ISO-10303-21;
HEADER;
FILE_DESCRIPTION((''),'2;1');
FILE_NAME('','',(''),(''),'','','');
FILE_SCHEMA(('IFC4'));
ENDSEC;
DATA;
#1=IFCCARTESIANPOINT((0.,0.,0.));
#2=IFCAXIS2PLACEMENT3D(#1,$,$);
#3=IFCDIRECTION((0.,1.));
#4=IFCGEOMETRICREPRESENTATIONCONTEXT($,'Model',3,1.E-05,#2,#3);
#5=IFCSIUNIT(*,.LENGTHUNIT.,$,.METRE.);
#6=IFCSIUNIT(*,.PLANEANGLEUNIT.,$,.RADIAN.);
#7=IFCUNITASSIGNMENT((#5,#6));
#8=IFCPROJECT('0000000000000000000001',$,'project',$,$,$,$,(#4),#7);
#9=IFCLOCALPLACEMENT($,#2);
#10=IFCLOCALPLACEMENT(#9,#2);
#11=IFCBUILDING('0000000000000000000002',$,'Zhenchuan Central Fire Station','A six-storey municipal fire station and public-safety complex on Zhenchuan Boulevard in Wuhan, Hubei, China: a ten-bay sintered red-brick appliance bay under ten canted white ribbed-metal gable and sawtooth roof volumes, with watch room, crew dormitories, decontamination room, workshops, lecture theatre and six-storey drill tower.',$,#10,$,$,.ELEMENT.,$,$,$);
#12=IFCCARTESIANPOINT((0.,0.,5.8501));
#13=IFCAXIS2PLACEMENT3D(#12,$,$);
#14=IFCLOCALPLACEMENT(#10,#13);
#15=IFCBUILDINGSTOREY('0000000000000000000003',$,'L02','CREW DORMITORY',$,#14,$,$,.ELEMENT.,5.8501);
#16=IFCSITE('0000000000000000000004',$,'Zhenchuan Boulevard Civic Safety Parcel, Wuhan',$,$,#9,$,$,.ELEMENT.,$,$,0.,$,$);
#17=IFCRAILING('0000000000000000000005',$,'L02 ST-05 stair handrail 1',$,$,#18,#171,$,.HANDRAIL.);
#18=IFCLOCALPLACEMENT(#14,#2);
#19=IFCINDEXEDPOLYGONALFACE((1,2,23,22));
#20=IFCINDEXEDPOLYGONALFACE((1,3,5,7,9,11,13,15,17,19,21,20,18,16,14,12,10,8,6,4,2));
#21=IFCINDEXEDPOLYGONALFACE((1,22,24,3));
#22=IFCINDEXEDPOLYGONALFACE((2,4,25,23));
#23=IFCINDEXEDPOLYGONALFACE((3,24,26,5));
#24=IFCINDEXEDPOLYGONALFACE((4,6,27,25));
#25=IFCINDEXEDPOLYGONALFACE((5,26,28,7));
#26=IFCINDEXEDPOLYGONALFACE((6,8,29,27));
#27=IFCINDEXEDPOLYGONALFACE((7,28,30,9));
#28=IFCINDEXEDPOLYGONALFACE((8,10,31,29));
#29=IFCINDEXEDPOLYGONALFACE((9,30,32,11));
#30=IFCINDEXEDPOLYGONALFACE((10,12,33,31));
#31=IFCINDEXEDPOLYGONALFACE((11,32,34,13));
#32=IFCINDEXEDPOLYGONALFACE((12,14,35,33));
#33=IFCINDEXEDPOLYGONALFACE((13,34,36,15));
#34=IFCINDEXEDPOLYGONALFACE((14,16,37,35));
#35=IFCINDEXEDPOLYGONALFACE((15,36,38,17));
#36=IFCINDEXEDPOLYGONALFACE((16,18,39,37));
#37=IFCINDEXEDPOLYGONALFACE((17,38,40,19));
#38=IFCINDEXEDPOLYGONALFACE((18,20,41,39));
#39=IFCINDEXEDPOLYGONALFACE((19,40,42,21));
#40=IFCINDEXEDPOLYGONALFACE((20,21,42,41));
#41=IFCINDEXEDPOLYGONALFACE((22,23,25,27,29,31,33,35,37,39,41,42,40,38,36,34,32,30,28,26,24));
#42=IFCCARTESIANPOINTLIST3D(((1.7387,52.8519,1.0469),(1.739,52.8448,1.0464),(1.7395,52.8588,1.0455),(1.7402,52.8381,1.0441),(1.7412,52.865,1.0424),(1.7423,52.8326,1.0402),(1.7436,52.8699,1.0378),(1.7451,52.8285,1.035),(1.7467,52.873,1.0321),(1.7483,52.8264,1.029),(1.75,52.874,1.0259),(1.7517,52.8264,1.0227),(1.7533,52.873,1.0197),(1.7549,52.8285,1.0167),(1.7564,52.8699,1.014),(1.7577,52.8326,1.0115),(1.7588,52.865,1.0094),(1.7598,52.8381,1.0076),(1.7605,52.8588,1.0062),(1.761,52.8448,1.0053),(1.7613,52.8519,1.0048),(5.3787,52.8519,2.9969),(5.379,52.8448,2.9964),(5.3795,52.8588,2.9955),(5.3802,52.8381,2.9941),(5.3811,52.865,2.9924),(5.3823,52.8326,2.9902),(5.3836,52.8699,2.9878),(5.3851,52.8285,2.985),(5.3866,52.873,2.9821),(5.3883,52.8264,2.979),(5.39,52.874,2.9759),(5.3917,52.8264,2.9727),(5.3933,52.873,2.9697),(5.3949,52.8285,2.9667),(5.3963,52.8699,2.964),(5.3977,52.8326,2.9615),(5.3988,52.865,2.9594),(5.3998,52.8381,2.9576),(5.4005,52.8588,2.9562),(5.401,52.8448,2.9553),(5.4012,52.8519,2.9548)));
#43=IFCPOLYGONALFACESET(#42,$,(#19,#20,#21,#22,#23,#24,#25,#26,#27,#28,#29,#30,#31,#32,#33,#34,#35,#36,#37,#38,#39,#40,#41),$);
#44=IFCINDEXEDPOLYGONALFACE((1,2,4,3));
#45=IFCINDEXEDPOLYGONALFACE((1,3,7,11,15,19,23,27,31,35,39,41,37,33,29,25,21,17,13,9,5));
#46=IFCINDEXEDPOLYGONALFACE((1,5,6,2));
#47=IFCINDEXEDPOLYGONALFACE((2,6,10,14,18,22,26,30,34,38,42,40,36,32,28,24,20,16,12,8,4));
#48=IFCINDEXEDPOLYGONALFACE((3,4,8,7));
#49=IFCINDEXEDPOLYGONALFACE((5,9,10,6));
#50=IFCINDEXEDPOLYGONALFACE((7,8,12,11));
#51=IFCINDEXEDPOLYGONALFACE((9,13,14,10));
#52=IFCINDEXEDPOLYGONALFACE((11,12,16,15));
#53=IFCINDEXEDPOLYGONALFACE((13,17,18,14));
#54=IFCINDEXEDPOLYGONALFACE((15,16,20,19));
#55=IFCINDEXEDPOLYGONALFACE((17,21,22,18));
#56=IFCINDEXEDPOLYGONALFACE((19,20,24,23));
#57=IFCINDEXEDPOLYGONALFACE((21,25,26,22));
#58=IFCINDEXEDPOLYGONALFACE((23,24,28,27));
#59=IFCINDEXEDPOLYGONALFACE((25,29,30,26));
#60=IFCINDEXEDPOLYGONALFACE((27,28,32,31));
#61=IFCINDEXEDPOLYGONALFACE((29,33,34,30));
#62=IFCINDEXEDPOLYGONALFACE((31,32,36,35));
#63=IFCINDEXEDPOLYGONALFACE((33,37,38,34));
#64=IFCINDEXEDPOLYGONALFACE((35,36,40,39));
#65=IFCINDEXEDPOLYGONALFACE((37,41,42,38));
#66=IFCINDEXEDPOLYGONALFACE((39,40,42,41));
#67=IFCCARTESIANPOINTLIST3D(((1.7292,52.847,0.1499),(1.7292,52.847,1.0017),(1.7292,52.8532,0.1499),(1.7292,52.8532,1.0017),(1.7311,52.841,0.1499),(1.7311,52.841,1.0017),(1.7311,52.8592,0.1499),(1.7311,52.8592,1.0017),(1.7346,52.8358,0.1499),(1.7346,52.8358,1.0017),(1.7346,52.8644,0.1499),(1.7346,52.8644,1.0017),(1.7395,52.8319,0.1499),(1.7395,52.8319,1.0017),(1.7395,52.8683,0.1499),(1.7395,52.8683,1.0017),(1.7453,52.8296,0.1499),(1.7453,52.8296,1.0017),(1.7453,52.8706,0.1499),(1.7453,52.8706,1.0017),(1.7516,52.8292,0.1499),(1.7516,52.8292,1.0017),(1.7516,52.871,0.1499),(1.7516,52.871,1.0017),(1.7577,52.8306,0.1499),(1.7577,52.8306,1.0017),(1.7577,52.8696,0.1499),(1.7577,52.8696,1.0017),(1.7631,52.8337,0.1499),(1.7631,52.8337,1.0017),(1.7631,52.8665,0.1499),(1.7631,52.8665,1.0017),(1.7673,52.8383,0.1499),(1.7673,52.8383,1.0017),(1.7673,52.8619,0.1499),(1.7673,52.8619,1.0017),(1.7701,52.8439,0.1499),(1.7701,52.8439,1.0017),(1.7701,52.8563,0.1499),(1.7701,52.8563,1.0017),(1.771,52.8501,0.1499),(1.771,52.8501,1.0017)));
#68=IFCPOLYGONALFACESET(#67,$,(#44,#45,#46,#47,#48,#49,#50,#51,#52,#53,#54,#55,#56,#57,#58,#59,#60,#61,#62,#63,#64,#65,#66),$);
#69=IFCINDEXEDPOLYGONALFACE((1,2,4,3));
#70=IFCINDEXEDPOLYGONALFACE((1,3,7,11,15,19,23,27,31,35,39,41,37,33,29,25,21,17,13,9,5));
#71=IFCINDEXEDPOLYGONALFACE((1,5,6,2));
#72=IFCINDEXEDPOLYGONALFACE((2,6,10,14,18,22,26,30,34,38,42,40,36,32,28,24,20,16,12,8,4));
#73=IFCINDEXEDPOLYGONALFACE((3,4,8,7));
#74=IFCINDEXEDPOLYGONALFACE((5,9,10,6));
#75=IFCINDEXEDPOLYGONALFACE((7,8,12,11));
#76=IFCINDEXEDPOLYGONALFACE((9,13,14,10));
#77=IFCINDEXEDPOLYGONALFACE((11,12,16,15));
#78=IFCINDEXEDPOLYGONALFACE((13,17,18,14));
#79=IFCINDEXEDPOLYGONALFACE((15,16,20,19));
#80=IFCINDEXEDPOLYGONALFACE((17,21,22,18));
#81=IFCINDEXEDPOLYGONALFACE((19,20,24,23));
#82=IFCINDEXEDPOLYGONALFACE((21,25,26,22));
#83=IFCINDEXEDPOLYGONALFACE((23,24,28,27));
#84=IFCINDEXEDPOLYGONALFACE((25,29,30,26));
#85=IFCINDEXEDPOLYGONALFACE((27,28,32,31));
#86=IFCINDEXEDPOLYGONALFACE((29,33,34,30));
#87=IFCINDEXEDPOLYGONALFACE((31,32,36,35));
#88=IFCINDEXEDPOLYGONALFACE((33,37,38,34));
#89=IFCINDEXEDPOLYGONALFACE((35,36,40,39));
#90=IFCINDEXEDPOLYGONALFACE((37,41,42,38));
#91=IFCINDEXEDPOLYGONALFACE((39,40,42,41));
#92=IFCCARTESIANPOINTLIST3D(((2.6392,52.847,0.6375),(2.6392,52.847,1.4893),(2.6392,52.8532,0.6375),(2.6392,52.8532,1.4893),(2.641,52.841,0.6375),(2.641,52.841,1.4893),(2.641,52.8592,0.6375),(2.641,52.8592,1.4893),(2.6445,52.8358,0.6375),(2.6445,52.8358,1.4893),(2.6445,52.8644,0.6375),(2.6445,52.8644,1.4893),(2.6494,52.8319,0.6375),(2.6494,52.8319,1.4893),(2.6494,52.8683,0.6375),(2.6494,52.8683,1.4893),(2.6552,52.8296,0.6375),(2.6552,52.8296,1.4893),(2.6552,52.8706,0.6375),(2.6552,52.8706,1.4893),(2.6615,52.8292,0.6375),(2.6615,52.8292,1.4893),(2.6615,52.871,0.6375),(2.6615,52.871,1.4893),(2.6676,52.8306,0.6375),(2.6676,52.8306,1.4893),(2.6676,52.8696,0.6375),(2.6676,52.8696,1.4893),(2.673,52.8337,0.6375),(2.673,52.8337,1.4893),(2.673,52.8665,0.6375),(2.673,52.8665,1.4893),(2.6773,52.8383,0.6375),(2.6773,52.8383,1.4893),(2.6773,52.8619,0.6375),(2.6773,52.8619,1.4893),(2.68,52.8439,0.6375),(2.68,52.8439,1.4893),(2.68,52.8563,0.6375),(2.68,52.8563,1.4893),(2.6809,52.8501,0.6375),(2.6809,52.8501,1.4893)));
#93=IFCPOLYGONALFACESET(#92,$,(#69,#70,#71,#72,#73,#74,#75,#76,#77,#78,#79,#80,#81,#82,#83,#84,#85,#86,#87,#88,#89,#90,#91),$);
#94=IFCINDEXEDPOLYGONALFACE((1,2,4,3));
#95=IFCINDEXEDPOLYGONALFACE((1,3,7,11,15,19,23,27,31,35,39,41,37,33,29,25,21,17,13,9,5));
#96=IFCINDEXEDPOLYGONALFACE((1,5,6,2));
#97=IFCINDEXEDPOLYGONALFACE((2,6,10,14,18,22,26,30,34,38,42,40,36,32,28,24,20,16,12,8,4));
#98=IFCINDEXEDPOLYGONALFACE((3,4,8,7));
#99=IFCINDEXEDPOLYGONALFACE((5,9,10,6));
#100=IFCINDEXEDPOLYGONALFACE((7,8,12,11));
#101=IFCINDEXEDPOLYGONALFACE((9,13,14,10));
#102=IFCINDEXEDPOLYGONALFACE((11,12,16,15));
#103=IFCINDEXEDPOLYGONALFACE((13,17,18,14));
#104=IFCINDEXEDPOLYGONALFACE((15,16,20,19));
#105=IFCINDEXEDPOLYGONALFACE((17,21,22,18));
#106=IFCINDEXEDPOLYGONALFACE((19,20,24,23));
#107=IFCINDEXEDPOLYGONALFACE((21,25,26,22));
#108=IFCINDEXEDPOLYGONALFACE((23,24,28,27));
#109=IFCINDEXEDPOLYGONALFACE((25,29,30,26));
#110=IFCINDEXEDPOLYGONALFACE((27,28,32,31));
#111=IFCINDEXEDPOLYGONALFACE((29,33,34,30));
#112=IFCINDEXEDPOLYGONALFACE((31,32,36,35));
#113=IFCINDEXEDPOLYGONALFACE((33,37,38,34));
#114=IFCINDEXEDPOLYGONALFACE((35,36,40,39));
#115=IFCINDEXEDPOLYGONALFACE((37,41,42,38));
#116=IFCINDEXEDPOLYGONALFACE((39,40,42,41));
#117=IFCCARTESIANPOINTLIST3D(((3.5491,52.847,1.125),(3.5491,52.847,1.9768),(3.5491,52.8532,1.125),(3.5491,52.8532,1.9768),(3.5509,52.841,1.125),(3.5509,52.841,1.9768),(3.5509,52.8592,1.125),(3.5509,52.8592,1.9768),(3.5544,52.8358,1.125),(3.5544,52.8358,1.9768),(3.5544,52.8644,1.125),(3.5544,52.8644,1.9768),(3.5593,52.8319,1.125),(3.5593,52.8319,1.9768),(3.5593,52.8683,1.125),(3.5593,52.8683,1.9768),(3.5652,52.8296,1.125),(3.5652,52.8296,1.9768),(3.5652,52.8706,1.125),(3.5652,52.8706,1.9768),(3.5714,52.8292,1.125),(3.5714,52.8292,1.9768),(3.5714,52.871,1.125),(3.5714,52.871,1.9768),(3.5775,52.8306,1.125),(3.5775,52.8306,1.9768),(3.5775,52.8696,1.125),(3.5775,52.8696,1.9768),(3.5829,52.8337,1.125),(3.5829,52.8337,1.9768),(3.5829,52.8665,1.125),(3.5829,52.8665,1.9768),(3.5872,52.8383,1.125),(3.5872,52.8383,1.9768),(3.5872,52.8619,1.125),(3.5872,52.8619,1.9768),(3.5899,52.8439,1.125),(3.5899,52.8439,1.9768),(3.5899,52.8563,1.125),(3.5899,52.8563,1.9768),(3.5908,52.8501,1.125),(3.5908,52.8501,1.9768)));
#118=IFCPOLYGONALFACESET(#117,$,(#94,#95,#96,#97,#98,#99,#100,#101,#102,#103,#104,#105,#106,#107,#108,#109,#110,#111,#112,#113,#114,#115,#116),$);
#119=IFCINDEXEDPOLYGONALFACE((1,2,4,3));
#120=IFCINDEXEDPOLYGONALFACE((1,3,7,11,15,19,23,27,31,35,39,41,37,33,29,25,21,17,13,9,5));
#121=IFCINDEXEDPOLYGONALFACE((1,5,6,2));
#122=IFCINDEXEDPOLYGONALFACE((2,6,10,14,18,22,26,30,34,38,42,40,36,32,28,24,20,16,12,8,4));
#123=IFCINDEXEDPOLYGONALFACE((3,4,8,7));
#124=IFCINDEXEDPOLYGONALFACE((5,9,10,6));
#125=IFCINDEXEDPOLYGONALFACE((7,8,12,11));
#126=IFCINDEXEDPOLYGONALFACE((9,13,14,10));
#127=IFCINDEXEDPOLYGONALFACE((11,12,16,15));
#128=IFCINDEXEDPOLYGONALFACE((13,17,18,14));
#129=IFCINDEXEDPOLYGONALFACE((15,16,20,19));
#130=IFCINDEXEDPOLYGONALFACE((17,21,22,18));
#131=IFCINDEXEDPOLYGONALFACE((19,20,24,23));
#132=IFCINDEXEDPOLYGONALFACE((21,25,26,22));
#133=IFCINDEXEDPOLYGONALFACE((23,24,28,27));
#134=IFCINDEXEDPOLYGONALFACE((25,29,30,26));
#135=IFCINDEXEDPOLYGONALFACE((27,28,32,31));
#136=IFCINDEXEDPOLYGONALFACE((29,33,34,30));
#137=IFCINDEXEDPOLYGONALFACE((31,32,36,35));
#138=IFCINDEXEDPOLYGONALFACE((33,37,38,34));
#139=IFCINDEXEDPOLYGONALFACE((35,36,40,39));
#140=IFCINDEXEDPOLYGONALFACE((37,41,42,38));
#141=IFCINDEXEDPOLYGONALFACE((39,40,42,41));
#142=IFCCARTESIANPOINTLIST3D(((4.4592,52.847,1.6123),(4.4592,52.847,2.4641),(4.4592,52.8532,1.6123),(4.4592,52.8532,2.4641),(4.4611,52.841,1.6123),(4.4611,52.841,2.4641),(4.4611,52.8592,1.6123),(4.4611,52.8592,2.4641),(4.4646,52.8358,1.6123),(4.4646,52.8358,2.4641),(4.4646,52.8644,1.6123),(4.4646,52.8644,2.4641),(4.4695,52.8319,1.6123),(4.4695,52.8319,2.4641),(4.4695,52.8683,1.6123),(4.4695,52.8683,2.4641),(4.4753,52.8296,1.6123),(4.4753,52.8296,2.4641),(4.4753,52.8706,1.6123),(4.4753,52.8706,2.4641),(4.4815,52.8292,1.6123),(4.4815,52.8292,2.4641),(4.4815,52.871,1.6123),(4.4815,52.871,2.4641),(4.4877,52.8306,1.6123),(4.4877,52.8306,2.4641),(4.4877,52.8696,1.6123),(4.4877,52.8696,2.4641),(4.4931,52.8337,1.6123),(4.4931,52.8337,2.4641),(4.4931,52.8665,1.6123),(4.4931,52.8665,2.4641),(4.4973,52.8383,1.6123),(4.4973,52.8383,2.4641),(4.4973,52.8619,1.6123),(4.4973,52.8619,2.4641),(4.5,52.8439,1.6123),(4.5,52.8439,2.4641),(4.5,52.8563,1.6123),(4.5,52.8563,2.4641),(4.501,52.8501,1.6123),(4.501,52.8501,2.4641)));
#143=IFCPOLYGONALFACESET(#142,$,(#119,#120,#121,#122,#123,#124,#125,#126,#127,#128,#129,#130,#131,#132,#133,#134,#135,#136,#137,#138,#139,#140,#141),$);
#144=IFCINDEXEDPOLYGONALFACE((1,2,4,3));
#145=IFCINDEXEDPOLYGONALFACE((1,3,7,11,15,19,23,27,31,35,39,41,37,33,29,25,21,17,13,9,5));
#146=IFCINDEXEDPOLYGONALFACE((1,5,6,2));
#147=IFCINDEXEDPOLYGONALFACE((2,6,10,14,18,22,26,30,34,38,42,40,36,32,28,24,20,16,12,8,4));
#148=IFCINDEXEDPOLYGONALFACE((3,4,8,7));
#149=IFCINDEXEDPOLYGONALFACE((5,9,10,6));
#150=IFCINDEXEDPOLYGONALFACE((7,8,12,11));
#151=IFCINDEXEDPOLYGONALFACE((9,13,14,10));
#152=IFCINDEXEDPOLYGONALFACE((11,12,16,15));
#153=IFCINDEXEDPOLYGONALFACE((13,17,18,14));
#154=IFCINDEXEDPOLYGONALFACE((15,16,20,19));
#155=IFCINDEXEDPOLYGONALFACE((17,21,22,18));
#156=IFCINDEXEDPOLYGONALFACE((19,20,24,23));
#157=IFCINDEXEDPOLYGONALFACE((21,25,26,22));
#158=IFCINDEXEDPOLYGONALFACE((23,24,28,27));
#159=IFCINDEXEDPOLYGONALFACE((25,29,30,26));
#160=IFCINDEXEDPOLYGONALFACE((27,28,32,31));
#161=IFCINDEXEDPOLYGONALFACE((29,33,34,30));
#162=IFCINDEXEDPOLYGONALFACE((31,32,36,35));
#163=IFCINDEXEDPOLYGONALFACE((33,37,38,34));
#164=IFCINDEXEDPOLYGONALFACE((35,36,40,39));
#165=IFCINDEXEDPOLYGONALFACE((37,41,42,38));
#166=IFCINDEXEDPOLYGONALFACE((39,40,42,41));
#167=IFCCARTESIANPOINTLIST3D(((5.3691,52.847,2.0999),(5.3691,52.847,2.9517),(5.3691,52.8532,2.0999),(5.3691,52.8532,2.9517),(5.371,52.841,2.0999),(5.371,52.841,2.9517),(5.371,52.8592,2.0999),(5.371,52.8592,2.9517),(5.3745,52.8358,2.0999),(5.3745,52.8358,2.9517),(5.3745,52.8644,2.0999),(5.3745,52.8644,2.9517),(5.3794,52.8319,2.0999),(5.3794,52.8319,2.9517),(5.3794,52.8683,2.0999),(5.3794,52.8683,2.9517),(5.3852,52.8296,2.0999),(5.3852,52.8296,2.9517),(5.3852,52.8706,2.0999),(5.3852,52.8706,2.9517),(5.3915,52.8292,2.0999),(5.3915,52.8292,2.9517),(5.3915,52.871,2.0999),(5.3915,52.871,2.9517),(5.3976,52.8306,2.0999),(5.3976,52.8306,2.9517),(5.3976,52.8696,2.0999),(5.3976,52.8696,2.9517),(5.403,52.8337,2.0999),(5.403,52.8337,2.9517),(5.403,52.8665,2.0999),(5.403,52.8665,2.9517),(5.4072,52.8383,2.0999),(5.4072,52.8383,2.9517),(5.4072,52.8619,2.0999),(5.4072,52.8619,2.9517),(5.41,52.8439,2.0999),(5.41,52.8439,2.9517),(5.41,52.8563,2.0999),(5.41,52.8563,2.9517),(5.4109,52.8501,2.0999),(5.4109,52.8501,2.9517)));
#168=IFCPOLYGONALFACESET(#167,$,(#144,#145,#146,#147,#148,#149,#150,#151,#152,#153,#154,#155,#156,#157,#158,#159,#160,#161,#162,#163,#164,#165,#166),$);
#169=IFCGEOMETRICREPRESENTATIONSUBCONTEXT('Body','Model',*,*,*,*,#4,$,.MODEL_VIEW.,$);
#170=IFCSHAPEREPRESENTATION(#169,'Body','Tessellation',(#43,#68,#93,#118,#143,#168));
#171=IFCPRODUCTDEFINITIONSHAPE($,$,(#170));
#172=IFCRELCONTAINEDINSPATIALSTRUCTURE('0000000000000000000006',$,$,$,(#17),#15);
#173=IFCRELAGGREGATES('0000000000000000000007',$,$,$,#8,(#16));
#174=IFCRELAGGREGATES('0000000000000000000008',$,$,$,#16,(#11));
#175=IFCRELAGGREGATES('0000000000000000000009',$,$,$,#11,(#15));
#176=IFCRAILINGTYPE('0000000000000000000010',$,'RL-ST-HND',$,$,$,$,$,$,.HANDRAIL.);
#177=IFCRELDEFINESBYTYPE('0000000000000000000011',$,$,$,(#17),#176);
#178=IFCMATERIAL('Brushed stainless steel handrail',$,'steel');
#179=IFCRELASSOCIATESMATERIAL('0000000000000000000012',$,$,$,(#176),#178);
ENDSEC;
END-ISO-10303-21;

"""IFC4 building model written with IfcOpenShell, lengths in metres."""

from ifc_helpers import new_model, si_unit, direction, frame, origin, origin_2d, place, context, subcontext, project, spatial, circle, extrude, material, type_object, element, save


model = new_model("IFC4")

# Units and contexts
model_context = context("Model", 3, precision=1e-05, world=origin(), true_north=direction((0.0, 1.0)))
body_context = subcontext(model_context, "Body", "Model", "MODEL_VIEW")
ifc_project = project(units=[si_unit("LENGTHUNIT", "METRE"), si_unit("PLANEANGLEUNIT", "RADIAN")], contexts=[model_context])

# Site, building, storey
site_placement = place(None, origin())
site = spatial("IfcSite", under=ifc_project, at=site_placement, Name="Zhenchuan Boulevard Civic Safety Parcel, Wuhan", CompositionType="ELEMENT", RefElevation=0.0)
building_placement = place(site_placement, origin())
building = spatial("IfcBuilding", under=site, at=building_placement, Name="Zhenchuan Central Fire Station", Description="A six-storey municipal fire station and public-safety complex on Zhenchuan Boulevard in Wuhan, Hubei, China: a ten-bay sintered red-brick appliance bay under ten canted white ribbed-metal gable and sawtooth roof volumes, with watch room, crew dormitories, decontamination room, workshops, lecture theatre and six-storey drill tower.", CompositionType="ELEMENT")
storey_placement = place(building_placement, frame((0.0, 0.0, 5.8501)))
storey = spatial("IfcBuildingStorey", under=building, at=storey_placement, Name="L02", Description="CREW DORMITORY", CompositionType="ELEMENT", Elevation=5.8501)

# Railing
ifc_material_1 = material(Name="Brushed stainless steel handrail", Category="steel")
railing_type_1 = type_object("IfcRailingType", Name="RL-ST-HND", PredefinedType="HANDRAIL", material=ifc_material_1)
railing_1_placement = place(storey_placement, frame((1.75, 52.8501, 0.1499)))
element("IfcRailing", 1, at=railing_1_placement, inside=storey, type_object=railing_type_1, Name="L02 ST-05 stair handrail 1", PredefinedType="HANDRAIL", context=body_context, shape_type="SweptSolid", body=[
    extrude(circle(Radius=0.0239, at=origin_2d()), frame((0.0, 0.0, 0.876), z_axis=(0.881479, 0.0, 0.472223), x_axis=(0.0, 1.0, 0.0)), (0.0, 0.0, 1.0), 4.1294),
    extrude(circle(Radius=0.021, at=origin_2d()), origin(), (0.0, 0.0, 1.0), 0.8518),
    extrude(circle(Radius=0.021, at=origin_2d()), frame((0.9099, 0.0, 0.4875)), (0.0, 0.0, 1.0), 0.8518),
    extrude(circle(Radius=0.021, at=origin_2d()), frame((1.8198, 0.0, 0.9751)), (0.0, 0.0, 1.0), 0.8518),
    extrude(circle(Radius=0.021, at=origin_2d()), frame((2.73, 0.0, 1.4624)), (0.0, 0.0, 1.0), 0.8518),
    extrude(circle(Radius=0.021, at=origin_2d()), frame((3.6399, 0.0, 1.95)), (0.0, 0.0, 1.0), 0.8518),
])

save(model, "model.ifc")
